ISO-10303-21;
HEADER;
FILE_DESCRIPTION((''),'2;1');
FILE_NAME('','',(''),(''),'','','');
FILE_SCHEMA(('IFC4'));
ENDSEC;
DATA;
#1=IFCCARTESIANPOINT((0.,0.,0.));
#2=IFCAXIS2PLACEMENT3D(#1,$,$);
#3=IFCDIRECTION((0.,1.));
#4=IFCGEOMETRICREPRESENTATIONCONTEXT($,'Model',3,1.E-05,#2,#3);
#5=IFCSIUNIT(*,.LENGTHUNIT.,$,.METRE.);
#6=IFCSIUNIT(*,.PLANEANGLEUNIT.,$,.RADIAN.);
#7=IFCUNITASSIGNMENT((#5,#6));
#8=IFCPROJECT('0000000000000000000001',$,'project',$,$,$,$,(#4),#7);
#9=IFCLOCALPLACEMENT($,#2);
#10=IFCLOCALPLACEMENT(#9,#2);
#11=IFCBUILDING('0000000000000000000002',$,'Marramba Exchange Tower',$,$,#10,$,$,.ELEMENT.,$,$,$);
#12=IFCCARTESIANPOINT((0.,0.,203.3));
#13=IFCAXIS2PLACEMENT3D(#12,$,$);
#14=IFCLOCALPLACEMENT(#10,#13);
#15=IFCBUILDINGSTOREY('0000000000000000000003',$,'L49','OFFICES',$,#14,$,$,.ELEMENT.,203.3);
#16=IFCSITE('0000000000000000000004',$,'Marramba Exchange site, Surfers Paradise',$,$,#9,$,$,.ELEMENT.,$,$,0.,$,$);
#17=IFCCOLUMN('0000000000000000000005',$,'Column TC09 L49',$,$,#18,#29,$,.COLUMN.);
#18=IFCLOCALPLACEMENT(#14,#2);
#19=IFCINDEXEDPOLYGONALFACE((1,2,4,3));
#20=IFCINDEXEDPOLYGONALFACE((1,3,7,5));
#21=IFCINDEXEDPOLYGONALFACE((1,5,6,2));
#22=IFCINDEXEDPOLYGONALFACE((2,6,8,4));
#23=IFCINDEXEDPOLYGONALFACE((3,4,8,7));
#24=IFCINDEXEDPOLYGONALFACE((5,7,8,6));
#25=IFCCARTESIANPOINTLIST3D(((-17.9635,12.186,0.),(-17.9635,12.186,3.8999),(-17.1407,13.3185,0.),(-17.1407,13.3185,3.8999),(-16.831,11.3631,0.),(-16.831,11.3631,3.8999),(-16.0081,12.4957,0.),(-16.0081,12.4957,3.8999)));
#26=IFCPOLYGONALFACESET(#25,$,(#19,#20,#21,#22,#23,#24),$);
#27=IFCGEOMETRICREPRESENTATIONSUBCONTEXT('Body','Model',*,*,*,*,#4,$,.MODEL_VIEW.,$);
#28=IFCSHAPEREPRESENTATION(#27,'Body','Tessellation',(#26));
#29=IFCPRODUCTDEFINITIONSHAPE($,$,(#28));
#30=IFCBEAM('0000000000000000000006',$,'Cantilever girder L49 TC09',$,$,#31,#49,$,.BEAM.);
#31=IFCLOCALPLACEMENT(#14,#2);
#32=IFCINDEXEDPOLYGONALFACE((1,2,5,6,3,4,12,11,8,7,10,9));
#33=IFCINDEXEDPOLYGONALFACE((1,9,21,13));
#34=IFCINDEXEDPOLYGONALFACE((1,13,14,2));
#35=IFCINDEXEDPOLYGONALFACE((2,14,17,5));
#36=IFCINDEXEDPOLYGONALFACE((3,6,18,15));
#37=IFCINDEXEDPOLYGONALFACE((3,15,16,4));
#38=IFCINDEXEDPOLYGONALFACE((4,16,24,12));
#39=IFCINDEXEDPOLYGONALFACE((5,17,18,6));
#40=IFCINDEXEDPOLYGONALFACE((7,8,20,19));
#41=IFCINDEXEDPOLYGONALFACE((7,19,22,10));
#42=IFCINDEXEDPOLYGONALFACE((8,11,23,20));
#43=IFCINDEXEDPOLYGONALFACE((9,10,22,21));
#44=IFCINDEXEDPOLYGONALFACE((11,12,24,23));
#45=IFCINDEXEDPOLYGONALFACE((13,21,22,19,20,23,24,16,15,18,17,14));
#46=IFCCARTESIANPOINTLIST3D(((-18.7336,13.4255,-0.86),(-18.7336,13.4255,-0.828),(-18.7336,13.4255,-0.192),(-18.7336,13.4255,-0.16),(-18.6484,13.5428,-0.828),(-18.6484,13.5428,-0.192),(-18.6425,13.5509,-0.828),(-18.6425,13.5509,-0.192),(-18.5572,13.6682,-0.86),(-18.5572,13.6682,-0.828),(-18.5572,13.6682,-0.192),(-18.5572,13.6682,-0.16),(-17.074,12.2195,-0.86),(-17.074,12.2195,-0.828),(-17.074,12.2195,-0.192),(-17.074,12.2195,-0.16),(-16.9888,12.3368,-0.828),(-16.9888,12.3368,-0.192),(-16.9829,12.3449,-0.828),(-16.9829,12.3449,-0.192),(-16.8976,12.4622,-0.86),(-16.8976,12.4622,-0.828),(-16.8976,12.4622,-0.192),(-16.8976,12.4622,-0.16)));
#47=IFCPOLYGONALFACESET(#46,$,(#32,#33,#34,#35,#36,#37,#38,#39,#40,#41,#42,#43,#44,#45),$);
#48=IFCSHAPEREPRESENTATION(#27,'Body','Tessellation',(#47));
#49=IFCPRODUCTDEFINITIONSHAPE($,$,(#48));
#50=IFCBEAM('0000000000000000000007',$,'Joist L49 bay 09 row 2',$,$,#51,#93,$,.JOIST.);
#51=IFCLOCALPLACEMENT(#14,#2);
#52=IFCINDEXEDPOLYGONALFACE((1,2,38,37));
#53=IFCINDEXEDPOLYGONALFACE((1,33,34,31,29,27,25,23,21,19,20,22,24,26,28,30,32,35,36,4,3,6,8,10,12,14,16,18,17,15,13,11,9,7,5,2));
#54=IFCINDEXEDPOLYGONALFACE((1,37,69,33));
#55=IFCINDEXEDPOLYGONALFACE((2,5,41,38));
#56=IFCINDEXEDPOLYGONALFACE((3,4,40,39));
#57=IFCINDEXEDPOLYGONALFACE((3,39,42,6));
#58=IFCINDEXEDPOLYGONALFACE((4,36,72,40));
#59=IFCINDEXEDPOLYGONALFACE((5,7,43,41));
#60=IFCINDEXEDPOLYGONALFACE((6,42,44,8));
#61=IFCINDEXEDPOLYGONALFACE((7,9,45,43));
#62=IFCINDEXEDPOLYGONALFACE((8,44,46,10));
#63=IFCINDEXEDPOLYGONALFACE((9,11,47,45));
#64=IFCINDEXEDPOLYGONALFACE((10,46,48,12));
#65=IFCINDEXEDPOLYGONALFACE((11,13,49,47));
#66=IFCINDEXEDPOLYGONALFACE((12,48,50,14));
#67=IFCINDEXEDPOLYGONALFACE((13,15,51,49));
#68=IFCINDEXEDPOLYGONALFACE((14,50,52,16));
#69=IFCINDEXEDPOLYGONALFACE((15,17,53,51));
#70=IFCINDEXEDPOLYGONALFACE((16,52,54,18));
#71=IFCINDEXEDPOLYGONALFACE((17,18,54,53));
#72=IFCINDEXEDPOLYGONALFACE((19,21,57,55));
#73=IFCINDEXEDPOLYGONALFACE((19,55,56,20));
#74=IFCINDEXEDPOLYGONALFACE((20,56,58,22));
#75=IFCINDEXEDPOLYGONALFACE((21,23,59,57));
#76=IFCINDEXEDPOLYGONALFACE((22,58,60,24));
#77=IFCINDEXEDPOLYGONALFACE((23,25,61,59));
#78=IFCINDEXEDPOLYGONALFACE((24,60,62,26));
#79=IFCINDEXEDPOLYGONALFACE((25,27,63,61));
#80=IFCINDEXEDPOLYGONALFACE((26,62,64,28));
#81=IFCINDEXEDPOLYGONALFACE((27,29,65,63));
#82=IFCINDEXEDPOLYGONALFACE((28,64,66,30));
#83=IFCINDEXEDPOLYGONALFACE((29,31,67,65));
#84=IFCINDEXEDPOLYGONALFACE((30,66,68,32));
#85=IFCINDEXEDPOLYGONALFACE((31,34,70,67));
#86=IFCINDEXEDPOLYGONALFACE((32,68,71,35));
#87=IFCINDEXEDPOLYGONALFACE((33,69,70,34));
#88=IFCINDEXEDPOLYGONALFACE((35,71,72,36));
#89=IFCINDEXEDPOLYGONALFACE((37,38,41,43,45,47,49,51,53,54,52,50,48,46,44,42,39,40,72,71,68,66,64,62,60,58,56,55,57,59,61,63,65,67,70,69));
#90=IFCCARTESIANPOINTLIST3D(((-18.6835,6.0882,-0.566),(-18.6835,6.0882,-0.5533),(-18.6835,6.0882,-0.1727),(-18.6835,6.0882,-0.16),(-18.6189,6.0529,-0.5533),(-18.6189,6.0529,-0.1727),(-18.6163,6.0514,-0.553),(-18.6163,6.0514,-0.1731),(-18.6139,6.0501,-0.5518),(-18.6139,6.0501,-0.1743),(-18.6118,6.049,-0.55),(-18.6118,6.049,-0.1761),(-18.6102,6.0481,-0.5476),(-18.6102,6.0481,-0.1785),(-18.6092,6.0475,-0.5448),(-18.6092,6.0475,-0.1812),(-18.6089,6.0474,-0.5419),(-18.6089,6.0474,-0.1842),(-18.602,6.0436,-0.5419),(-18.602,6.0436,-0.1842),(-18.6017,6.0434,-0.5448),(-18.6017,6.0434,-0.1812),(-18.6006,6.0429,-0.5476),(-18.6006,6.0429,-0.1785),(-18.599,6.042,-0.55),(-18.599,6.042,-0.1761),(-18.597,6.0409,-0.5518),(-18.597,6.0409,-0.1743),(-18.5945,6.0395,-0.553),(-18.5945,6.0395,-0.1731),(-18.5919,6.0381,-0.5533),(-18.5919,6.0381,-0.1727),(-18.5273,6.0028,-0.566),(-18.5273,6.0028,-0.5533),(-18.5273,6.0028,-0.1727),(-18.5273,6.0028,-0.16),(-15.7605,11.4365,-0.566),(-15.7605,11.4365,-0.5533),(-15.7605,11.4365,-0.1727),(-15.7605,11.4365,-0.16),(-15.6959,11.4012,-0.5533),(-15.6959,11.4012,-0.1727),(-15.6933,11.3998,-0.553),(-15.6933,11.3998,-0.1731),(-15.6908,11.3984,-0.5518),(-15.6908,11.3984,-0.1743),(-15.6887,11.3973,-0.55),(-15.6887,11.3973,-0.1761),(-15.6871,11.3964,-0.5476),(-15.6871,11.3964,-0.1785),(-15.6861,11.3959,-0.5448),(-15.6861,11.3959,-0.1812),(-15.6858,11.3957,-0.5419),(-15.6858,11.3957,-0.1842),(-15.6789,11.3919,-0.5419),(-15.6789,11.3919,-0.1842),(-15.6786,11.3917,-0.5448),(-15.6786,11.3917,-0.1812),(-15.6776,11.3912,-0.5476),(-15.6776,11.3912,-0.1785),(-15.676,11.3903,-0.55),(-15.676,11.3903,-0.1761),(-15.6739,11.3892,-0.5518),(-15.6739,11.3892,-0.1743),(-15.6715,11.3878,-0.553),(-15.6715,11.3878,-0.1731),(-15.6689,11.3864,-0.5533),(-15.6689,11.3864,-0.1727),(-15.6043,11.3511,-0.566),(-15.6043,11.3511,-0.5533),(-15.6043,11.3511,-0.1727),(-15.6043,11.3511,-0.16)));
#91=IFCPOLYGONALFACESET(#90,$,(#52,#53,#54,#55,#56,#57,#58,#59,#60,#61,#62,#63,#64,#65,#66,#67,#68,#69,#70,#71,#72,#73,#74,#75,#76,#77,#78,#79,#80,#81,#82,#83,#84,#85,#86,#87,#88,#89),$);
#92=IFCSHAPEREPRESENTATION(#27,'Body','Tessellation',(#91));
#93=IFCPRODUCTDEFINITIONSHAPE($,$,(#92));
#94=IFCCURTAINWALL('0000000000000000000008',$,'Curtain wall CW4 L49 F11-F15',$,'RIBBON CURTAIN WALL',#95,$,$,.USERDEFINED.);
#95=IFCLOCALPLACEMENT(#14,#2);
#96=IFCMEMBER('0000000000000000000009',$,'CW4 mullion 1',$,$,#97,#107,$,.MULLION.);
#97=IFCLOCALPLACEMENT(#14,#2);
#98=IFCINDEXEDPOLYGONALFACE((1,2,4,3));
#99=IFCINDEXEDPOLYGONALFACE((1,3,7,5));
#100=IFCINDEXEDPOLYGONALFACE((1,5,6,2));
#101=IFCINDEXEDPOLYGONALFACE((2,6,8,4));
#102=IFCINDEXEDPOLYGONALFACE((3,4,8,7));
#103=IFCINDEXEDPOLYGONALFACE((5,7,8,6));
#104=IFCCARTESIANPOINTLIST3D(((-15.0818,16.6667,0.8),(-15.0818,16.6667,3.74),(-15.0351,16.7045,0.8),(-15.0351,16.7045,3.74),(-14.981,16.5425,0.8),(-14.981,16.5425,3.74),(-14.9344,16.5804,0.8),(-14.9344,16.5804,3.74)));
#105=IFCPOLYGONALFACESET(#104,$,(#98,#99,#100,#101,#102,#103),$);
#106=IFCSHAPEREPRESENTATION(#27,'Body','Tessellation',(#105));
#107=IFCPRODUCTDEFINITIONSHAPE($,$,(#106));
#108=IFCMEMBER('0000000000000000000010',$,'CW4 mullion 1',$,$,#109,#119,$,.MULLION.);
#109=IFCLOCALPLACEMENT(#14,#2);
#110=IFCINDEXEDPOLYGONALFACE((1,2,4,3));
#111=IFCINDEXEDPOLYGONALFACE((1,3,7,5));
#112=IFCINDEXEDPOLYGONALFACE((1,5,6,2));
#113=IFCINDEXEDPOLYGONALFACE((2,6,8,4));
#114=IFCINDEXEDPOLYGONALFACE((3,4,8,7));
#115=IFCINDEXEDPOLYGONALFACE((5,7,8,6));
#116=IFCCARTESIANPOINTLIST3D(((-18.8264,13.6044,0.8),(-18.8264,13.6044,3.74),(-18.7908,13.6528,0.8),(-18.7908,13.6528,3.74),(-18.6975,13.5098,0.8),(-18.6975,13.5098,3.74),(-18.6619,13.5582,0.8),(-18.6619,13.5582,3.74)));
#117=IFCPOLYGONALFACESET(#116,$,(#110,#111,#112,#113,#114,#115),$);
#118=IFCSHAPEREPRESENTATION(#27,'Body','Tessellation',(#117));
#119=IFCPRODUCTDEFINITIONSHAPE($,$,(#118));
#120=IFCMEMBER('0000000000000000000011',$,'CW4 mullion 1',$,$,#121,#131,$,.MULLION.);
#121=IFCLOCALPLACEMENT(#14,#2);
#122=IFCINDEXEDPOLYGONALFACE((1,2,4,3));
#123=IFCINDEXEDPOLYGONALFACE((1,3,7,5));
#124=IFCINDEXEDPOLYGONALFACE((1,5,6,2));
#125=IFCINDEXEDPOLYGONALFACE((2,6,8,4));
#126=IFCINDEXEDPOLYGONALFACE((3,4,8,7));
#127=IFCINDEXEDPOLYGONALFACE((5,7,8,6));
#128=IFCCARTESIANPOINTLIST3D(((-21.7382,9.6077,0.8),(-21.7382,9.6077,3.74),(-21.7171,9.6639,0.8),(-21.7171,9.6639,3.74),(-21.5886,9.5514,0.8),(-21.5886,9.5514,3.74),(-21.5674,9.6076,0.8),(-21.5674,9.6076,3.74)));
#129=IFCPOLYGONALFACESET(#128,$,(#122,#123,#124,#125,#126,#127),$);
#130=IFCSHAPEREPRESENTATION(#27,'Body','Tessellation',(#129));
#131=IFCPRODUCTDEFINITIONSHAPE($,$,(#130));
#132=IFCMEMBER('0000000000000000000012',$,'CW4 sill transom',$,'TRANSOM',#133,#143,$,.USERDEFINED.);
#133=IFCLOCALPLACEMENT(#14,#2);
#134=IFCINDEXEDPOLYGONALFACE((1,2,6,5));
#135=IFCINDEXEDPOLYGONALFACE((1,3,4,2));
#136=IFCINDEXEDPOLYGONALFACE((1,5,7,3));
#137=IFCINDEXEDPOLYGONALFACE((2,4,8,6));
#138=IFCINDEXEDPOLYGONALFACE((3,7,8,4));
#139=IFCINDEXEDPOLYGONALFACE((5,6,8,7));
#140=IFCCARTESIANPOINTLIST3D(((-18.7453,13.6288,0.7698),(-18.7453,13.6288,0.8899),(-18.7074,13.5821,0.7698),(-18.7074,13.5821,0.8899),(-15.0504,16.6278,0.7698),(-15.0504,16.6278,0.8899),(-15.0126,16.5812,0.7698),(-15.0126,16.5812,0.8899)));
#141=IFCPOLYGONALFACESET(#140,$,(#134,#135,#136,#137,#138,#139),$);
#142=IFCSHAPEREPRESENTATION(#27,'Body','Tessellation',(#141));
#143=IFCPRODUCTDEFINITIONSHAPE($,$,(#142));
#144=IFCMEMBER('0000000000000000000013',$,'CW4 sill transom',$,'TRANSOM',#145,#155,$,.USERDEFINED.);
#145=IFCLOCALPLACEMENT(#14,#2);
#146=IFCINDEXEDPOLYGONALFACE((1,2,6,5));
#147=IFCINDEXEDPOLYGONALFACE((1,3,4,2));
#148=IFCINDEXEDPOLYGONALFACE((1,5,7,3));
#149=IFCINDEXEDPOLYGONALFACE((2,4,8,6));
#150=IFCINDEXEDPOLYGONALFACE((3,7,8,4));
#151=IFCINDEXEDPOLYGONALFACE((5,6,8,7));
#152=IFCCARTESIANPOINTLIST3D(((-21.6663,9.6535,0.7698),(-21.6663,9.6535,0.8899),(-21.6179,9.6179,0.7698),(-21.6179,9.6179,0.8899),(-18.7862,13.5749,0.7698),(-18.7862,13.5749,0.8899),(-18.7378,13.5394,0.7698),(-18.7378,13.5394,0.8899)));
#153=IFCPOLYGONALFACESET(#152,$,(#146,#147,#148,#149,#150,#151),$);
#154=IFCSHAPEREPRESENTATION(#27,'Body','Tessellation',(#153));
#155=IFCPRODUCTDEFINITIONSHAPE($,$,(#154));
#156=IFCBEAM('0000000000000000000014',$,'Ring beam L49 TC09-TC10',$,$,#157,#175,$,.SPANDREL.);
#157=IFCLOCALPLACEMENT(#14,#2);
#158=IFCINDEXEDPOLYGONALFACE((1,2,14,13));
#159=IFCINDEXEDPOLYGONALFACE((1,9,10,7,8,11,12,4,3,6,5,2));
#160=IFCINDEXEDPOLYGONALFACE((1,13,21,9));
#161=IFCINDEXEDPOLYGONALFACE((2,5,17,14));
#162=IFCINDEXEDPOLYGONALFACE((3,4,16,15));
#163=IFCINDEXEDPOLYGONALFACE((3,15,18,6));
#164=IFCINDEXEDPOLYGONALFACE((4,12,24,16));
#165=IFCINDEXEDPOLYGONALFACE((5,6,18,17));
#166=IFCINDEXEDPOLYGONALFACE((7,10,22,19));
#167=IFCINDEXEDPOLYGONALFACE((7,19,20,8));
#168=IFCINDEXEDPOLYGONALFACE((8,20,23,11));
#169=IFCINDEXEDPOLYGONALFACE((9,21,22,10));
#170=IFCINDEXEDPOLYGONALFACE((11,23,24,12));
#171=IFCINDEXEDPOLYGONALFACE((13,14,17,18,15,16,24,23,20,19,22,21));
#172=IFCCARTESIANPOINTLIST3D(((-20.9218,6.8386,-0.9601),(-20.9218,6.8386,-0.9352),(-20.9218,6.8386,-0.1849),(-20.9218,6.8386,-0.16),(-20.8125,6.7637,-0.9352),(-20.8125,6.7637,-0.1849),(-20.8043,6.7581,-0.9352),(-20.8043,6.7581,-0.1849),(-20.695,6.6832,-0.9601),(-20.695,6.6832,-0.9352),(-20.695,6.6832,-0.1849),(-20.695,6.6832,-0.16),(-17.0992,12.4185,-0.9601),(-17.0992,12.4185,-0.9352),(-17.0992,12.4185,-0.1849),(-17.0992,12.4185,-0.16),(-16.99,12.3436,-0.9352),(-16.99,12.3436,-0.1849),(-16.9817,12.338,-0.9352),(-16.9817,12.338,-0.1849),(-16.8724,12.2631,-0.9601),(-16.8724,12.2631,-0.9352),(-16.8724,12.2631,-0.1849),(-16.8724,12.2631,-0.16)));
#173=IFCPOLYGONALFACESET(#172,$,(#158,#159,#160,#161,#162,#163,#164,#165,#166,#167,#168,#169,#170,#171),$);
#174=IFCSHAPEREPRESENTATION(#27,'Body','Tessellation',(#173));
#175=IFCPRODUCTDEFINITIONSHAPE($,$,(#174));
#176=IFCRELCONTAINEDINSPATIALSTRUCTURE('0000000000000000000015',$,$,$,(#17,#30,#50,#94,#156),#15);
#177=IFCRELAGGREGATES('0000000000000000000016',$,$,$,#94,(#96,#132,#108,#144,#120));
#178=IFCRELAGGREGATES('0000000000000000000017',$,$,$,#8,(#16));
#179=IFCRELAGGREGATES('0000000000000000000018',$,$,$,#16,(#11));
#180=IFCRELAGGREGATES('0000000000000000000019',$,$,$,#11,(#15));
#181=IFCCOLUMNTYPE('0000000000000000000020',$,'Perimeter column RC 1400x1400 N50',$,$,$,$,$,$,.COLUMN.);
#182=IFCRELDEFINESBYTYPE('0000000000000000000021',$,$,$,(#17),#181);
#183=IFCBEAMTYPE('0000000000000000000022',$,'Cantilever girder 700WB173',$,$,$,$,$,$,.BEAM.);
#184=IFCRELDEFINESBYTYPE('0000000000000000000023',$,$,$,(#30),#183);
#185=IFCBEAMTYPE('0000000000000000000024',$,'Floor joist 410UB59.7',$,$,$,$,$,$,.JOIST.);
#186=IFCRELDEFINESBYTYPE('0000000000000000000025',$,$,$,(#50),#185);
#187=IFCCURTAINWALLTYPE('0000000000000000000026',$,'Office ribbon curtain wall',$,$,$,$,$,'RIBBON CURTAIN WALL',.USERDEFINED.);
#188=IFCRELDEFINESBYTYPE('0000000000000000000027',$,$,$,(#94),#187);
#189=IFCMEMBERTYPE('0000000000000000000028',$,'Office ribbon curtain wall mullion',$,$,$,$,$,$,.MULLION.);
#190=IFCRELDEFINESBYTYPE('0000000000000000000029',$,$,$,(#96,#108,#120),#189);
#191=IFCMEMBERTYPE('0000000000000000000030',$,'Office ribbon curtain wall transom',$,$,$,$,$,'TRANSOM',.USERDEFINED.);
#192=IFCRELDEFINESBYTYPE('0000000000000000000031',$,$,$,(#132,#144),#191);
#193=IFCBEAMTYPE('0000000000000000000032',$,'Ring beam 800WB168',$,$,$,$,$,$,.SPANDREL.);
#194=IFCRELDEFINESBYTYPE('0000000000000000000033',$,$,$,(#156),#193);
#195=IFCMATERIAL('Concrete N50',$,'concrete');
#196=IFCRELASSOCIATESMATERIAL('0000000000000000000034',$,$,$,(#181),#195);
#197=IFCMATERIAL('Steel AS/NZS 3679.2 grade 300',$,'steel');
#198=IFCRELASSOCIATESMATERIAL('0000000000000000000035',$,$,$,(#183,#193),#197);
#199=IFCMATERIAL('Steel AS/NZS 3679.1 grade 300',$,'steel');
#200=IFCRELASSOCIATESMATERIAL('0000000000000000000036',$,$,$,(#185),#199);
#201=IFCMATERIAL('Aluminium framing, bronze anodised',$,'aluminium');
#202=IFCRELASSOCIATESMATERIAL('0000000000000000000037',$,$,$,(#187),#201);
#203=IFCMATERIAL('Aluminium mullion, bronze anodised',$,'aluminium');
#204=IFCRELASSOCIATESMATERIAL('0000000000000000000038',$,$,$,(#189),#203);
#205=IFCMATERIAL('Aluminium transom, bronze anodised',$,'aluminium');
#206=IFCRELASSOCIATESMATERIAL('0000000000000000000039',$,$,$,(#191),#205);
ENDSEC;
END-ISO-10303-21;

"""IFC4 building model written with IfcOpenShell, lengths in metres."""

from ifc_helpers import new_model, si_unit, direction, frame, origin, origin_2d, place, context, subcontext, project, spatial, rectangle, i_section, extrude, material, material_profile, profile_set, type_object, element, aggregate, save


model = new_model("IFC4")

# Units and contexts
model_context = context("Model", 3, precision=1e-05, world=origin(), true_north=direction((0.0, 1.0)))
body_context = subcontext(model_context, "Body", "Model", "MODEL_VIEW")
ifc_project = project(units=[si_unit("LENGTHUNIT", "METRE"), si_unit("PLANEANGLEUNIT", "RADIAN")], contexts=[model_context])

# Site, building, storey
site_placement = place(None, origin())
site = spatial("IfcSite", under=ifc_project, at=site_placement, Name="Marramba Exchange site, Surfers Paradise", CompositionType="ELEMENT", RefElevation=0.0)
building_placement = place(site_placement, origin())
building = spatial("IfcBuilding", under=site, at=building_placement, Name="Marramba Exchange Tower", CompositionType="ELEMENT")
storey_placement = place(building_placement, frame((0.0, 0.0, 203.3)))
storey = spatial("IfcBuildingStorey", under=building, at=storey_placement, Name="L49", Description="OFFICES", CompositionType="ELEMENT", Elevation=203.3)

# Column
ifc_material_1 = material(Name="Concrete N50", Category="concrete")
ifc_material_profile_1 = material_profile(ifc_material_1, rectangle(XDim=1.3999, YDim=1.3999, at=origin_2d()), Name="RC 1400x1400")
ifc_profile_set_1 = profile_set([ifc_material_profile_1], Name="Concrete N50")
column_type = type_object("IfcColumnType", Name="Perimeter column RC 1400x1400 N50", PredefinedType="COLUMN", material=ifc_profile_set_1)
column_placement = place(storey_placement, frame((-16.9858, 12.3408, 0.0), z_axis=(0.0, 0.0, 1.0), x_axis=(-0.809017, 0.587785, 0.0)))
element("IfcColumn", 1, at=column_placement, inside=storey, type_object=column_type, Name="Column TC09 L49", PredefinedType="COLUMN", context=body_context, shape_type="SweptSolid", body=[
    extrude(rectangle(XDim=1.3999, YDim=1.3999, at=origin_2d()), origin(), (0.0, 0.0, 1.0), 3.8999),
])

# Beams
ifc_material_2 = material(Name="Steel AS/NZS 3679.2 grade 300", Category="steel")
ifc_material_profile_2 = material_profile(ifc_material_2, i_section(OverallWidth=0.3, OverallDepth=0.7, WebThickness=0.01, FlangeThickness=0.032, at=origin_2d()), Name="700WB173")
ifc_profile_set_2 = profile_set([ifc_material_profile_2], Name="Steel AS/NZS 3679.2 grade 300")
beam_type_1 = type_object("IfcBeamType", Name="Cantilever girder 700WB173", PredefinedType="BEAM", material=ifc_profile_set_2)
beam_1_placement = place(storey_placement, frame((-16.9858, 12.3408, -0.51), z_axis=(-0.808962, 0.58786, 0.0), x_axis=(-0.58786, -0.808962, 0.0)))
element("IfcBeam", 2, at=beam_1_placement, inside=storey, type_object=beam_type_1, Name="Cantilever girder L49 TC09", PredefinedType="BEAM", context=body_context, shape_type="SweptSolid", body=[
    extrude(i_section(OverallWidth=0.3, OverallDepth=0.7, WebThickness=0.01, FlangeThickness=0.032, at=origin_2d()), origin(), (0.0, 0.0, 1.0), 2.0515),
])
ifc_material_3 = material(Name="Steel AS/NZS 3679.1 grade 300", Category="steel")
ifc_material_profile_3 = material_profile(ifc_material_3, i_section(OverallWidth=0.178, OverallDepth=0.406, WebThickness=0.0078, FlangeThickness=0.0127, FilletRadius=0.0115, at=origin_2d()), Name="410UB59.7")
ifc_profile_set_3 = profile_set([ifc_material_profile_3], Name="Steel AS/NZS 3679.1 grade 300")
beam_type_2 = type_object("IfcBeamType", Name="Floor joist 410UB59.7", PredefinedType="JOIST", material=ifc_profile_set_3)
beam_2_placement = place(storey_placement, frame((-15.6824, 11.3938, -0.363), z_axis=(-0.479584, -0.877496, 0.0), x_axis=(0.877496, -0.479584, 0.0)))
element("IfcBeam", 3, at=beam_2_placement, inside=storey, type_object=beam_type_2, Name="Joist L49 bay 09 row 2", PredefinedType="JOIST", context=body_context, shape_type="SweptSolid", body=[
    extrude(i_section(OverallWidth=0.178, OverallDepth=0.406, WebThickness=0.0078, FlangeThickness=0.0127, FilletRadius=0.0115, at=origin_2d()), origin(), (0.0, 0.0, 1.0), 6.095),
])

# Curtain wall, members
ifc_material_4 = material(Name="Aluminium framing, bronze anodised", Category="aluminium")
curtain_wall_type = type_object("IfcCurtainWallType", Name="Office ribbon curtain wall", ElementType="RIBBON CURTAIN WALL", PredefinedType="USERDEFINED", material=ifc_material_4)
curtain_wall_placement = place(storey_placement, origin())
curtain_wall = element("IfcCurtainWall", 4, at=curtain_wall_placement, inside=storey, type_object=curtain_wall_type, Name="Curtain wall CW4 L49 F11-F15", ObjectType="RIBBON CURTAIN WALL", PredefinedType="USERDEFINED")
ifc_material_5 = material(Name="Aluminium mullion, bronze anodised", Category="aluminium")
ifc_material_profile_4 = material_profile(ifc_material_5, rectangle(XDim=0.1599, YDim=0.0601, at=origin_2d()), Name="CW4 mullion 60x160")
ifc_profile_set_4 = profile_set([ifc_material_profile_4], Name="Aluminium mullion, bronze anodised")
member_type_1 = type_object("IfcMemberType", Name="Office ribbon curtain wall mullion", PredefinedType="MULLION", material=ifc_profile_set_4)
member_1_placement = place(storey_placement, frame((-15.0081, 16.6235, 0.8), z_axis=(0.0, 0.0, 1.0), x_axis=(0.630201, -0.776432, 0.0)))
member_1 = element("IfcMember", 5, at=member_1_placement, type_object=member_type_1, Name="CW4 mullion 1", PredefinedType="MULLION", context=body_context, shape_type="SweptSolid", body=[
    extrude(rectangle(XDim=0.1599, YDim=0.0601, at=origin_2d()), origin(), (0.0, 0.0, 1.0), 2.9399),
])
member_2_placement = place(storey_placement, frame((-18.7441, 13.5813, 0.8), z_axis=(0.0, 0.0, 1.0), x_axis=(0.805965, -0.591963, 0.0)))
member_2 = element("IfcMember", 6, at=member_2_placement, type_object=member_type_1, Name="CW4 mullion 1", PredefinedType="MULLION", context=body_context, shape_type="SweptSolid", body=[
    extrude(rectangle(XDim=0.1599, YDim=0.0601, at=origin_2d()), origin(), (0.0, 0.0, 1.0), 2.9399),
])
member_3_placement = place(storey_placement, frame((-21.6528, 9.6077, 0.8), z_axis=(0.0, 0.0, 1.0), x_axis=(0.936018, -0.351952, 0.0)))
member_3 = element("IfcMember", 7, at=member_3_placement, type_object=member_type_1, Name="CW4 mullion 1", PredefinedType="MULLION", context=body_context, shape_type="SweptSolid", body=[
    extrude(rectangle(XDim=0.1599, YDim=0.0601, at=origin_2d()), origin(), (0.0, 0.0, 1.0), 2.9399),
])
ifc_material_6 = material(Name="Aluminium transom, bronze anodised", Category="aluminium")
ifc_material_profile_5 = material_profile(ifc_material_6, rectangle(XDim=0.0601, YDim=0.1201, at=origin_2d()), Name="CW4 transom 60x120")
ifc_profile_set_5 = profile_set([ifc_material_profile_5], Name="Aluminium transom, bronze anodised")
member_type_2 = type_object("IfcMemberType", Name="Office ribbon curtain wall transom", ElementType="TRANSOM", PredefinedType="USERDEFINED", material=ifc_profile_set_5)
member_4_placement = place(storey_placement, frame((-15.0315, 16.6045, 0.8298), z_axis=(-0.776425, -0.63021, 0.0), x_axis=(0.63021, -0.776425, 0.0)))
member_4 = element("IfcMember", 8, at=member_4_placement, type_object=member_type_2, Name="CW4 sill transom", ObjectType="TRANSOM", PredefinedType="USERDEFINED", context=body_context, shape_type="SweptSolid", body=[
    extrude(rectangle(XDim=0.0601, YDim=0.1201, at=origin_2d()), origin(), (0.0, 0.0, 1.0), 4.7588),
])
member_5_placement = place(storey_placement, frame((-18.762, 13.5571, 0.8298), z_axis=(-0.591957, -0.805969, 0.0), x_axis=(0.805969, -0.591957, 0.0)))
member_5 = element("IfcMember", 9, at=member_5_placement, type_object=member_type_2, Name="CW4 sill transom", ObjectType="TRANSOM", PredefinedType="USERDEFINED", context=body_context, shape_type="SweptSolid", body=[
    extrude(rectangle(XDim=0.0601, YDim=0.1201, at=origin_2d()), origin(), (0.0, 0.0, 1.0), 4.8655),
])

# Beam
ifc_material_profile_6 = material_profile(ifc_material_2, i_section(OverallWidth=0.2749, OverallDepth=0.8, WebThickness=0.01, FlangeThickness=0.0249, at=origin_2d()), Name="800WB168")
ifc_profile_set_6 = profile_set([ifc_material_profile_6], Name="Steel AS/NZS 3679.2 grade 300")
beam_type_3 = type_object("IfcBeamType", Name="Ring beam 800WB168", PredefinedType="SPANDREL", material=ifc_profile_set_6)
beam_3_placement = place(storey_placement, frame((-16.9858, 12.3408, -0.5601), z_axis=(-0.56516, -0.824981, 0.0), x_axis=(0.824981, -0.56516, 0.0)))
element("IfcBeam", 10, at=beam_3_placement, inside=storey, type_object=beam_type_3, Name="Ring beam L49 TC09-TC10", PredefinedType="SPANDREL", context=body_context, shape_type="SweptSolid", body=[
    extrude(i_section(OverallWidth=0.2749, OverallDepth=0.8, WebThickness=0.01, FlangeThickness=0.0249, at=origin_2d()), origin(), (0.0, 0.0, 1.0), 6.7637),
])

aggregate(curtain_wall, [member_1, member_4, member_2, member_5, member_3])

save(model, "model.ifc")
